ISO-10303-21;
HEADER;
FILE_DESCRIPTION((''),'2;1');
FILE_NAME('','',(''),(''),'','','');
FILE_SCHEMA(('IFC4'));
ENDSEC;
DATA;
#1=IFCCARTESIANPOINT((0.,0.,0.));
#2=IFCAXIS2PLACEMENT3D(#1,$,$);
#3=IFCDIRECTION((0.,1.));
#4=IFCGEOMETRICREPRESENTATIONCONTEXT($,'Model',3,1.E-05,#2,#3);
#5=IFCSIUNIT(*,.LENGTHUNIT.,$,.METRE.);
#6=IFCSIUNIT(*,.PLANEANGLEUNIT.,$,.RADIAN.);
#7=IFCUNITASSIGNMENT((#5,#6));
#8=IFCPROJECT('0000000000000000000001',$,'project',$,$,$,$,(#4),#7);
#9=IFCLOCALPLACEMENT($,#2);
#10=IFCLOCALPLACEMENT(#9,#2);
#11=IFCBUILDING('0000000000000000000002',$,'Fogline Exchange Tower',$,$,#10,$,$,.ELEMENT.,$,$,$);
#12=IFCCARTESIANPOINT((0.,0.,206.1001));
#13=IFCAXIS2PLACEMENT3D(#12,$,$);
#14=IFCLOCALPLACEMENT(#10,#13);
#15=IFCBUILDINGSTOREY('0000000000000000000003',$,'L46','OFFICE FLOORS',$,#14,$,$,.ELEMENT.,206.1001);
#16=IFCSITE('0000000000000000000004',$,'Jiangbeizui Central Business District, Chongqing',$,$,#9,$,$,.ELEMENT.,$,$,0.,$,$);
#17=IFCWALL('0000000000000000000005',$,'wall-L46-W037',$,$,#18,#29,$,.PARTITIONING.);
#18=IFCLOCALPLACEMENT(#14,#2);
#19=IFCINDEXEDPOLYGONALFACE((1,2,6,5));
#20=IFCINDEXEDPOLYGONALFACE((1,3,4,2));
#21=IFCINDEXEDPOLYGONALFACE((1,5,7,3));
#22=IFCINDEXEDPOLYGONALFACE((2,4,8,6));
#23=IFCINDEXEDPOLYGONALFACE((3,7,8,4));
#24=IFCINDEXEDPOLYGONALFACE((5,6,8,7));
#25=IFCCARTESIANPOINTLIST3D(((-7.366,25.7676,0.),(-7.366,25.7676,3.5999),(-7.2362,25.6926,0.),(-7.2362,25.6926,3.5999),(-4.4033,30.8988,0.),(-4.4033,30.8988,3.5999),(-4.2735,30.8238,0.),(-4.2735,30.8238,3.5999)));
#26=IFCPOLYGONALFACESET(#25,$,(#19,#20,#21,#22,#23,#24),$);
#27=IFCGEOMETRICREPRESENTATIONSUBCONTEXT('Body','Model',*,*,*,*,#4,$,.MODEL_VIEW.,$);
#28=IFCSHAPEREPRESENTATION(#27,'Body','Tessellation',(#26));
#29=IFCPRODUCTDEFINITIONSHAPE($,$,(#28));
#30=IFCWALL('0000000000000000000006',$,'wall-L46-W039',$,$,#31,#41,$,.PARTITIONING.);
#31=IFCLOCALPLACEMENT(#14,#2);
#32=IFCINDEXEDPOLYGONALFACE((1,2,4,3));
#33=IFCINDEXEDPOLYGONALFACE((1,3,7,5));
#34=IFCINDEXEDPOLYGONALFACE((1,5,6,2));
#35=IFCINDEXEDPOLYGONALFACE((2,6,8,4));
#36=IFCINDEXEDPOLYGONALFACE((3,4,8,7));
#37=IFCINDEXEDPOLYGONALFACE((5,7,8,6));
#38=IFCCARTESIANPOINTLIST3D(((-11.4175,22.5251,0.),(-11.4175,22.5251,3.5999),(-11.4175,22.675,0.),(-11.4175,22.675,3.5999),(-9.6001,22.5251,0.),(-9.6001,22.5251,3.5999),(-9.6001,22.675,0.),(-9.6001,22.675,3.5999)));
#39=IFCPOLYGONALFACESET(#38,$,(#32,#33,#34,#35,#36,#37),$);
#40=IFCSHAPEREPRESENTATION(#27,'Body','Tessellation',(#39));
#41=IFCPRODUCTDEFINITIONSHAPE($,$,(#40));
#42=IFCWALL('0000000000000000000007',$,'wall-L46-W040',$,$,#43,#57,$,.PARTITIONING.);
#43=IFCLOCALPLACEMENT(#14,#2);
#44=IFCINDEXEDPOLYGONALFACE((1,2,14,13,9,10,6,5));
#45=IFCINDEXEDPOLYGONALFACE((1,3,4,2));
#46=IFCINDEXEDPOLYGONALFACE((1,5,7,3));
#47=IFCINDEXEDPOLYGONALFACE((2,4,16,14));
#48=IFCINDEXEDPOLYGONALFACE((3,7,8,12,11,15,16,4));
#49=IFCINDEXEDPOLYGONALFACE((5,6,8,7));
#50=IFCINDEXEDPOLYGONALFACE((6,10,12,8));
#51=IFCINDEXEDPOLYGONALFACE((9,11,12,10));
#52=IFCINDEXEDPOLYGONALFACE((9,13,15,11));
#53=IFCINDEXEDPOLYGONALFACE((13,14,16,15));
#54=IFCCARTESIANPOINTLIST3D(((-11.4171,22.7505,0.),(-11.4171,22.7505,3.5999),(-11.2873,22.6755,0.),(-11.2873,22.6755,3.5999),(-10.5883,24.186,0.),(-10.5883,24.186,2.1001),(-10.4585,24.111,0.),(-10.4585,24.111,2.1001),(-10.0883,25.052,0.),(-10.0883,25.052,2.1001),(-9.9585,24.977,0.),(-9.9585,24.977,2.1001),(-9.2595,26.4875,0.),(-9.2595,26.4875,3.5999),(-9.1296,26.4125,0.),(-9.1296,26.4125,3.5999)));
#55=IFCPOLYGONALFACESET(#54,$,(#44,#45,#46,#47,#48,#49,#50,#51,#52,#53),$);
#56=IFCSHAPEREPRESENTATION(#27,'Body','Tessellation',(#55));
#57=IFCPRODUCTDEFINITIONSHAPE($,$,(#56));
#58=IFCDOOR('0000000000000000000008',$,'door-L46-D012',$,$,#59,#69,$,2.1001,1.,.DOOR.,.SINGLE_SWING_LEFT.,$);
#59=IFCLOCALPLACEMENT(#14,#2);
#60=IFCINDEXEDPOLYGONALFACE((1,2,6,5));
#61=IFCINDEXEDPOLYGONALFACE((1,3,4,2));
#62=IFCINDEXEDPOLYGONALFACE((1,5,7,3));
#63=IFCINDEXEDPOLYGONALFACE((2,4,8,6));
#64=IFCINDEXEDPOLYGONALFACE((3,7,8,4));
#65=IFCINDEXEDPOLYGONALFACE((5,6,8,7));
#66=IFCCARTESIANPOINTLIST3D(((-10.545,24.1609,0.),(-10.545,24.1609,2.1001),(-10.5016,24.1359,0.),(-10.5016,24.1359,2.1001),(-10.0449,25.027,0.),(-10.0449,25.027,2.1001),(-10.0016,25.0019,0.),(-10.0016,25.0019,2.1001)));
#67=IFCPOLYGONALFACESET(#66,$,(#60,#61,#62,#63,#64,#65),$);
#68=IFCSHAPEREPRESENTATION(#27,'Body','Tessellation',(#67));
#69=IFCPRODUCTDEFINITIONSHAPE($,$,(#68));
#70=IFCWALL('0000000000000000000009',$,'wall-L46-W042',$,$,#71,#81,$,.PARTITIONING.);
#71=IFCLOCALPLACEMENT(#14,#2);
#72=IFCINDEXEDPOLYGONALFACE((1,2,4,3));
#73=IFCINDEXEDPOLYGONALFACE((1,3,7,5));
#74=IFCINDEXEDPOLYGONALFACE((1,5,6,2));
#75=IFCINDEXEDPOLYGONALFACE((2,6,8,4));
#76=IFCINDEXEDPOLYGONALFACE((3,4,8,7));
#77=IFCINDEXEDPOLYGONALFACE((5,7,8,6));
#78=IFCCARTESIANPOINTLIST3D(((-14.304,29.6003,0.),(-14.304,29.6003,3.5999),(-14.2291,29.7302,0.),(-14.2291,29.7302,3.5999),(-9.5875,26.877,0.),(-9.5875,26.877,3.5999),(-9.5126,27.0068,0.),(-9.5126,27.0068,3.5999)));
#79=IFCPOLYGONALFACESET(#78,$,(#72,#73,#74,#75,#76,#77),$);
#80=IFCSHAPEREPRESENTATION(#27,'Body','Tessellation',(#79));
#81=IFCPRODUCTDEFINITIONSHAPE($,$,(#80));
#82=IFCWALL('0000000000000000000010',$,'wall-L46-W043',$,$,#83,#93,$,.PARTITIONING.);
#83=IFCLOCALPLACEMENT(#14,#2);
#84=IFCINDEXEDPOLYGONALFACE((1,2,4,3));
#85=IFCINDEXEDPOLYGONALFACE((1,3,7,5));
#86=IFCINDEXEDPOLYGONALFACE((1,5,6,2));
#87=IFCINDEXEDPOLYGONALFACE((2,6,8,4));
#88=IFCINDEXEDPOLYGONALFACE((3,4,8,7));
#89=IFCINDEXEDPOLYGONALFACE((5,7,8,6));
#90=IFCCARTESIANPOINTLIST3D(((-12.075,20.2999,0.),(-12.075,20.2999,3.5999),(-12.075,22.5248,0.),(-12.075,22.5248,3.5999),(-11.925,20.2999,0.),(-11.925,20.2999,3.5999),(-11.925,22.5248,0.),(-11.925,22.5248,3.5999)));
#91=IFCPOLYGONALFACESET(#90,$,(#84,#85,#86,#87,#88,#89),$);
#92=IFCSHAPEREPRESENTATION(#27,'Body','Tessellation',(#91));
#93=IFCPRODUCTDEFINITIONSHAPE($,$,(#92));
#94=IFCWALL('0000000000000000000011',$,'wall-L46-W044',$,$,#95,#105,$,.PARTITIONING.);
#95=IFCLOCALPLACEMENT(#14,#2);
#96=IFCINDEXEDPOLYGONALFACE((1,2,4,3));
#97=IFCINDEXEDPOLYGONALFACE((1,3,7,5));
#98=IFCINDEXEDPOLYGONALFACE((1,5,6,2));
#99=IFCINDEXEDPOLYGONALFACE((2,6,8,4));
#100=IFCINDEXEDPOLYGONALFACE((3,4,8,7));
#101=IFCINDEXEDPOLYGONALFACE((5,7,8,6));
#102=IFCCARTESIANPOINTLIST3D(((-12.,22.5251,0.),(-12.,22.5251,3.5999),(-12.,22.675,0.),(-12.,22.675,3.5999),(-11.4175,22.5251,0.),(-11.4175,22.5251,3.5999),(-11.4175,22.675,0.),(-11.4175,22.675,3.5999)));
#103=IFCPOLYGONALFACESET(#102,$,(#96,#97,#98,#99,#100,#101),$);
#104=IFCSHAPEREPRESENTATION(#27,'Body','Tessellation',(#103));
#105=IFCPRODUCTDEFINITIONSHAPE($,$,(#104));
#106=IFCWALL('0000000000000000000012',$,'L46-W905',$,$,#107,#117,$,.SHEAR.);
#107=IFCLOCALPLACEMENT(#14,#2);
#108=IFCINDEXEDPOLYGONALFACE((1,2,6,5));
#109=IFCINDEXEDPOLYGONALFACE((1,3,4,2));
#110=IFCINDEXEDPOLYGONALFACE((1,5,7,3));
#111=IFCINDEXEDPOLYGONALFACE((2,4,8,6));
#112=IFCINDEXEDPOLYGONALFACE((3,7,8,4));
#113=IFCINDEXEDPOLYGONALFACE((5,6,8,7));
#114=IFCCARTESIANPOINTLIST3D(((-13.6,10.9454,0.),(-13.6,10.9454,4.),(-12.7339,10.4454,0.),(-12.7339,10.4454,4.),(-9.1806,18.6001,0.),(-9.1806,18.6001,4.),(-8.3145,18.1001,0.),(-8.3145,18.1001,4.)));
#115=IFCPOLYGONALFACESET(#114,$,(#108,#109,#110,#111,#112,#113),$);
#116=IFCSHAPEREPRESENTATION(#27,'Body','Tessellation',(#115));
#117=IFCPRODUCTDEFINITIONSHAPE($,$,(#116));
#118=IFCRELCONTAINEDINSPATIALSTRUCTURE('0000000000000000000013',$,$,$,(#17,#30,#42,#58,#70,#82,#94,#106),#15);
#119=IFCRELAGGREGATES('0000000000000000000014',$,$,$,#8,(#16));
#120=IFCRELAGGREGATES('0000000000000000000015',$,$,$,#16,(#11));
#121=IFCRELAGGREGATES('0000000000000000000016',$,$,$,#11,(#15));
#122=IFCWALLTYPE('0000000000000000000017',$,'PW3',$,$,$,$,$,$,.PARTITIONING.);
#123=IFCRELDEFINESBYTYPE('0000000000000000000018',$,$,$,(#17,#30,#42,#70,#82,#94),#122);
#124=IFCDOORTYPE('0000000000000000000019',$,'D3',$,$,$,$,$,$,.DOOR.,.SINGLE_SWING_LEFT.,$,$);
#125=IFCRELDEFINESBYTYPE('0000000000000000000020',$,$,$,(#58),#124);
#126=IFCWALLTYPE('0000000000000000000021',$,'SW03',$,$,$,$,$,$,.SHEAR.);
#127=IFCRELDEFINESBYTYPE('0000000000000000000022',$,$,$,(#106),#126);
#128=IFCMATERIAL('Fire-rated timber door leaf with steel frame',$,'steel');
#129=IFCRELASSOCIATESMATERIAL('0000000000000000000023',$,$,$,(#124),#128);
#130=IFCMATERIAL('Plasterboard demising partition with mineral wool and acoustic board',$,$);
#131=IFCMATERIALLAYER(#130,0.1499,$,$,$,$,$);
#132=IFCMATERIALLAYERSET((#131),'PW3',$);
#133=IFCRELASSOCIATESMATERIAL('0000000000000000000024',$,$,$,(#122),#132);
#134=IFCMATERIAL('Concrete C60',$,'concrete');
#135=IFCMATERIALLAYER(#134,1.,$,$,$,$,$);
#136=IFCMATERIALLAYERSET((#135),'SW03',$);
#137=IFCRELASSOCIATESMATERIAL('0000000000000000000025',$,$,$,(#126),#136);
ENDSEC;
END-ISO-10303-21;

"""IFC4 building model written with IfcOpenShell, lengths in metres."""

from ifc_helpers import new_model, si_unit, direction, frame, frame_2d, origin, place, context, subcontext, project, spatial, rectangle, extrude, material, layer, layer_set, type_object, element, fill, save


model = new_model("IFC4")

# Units and contexts
model_context = context("Model", 3, precision=1e-05, world=origin(), true_north=direction((0.0, 1.0)))
body_context = subcontext(model_context, "Body", "Model", "MODEL_VIEW")
ifc_project = project(units=[si_unit("LENGTHUNIT", "METRE"), si_unit("PLANEANGLEUNIT", "RADIAN")], contexts=[model_context])

# Site, building, storey
site_placement = place(None, origin())
site = spatial("IfcSite", under=ifc_project, at=site_placement, Name="Jiangbeizui Central Business District, Chongqing", CompositionType="ELEMENT", RefElevation=0.0)
building_placement = place(site_placement, origin())
building = spatial("IfcBuilding", under=site, at=building_placement, Name="Fogline Exchange Tower", CompositionType="ELEMENT")
storey_placement = place(building_placement, frame((0.0, 0.0, 206.1001)))
storey = spatial("IfcBuildingStorey", under=building, at=storey_placement, Name="L46", Description="OFFICE FLOORS", CompositionType="ELEMENT", Elevation=206.1001)

# Shared definitions
ifc_material_1 = material(Name="Concrete C60", Category="concrete")

# Shared definitions
ifc_material_2 = material(Name="Fire-rated timber door leaf with steel frame", Category="steel")
door_type_1 = type_object("IfcDoorType", Name="D3", OperationType="SINGLE_SWING_LEFT", PredefinedType="DOOR", material=ifc_material_2)

# Walls
ifc_material_3 = material(Name="Plasterboard demising partition with mineral wool and acoustic board")
ifc_layer_1 = layer(ifc_material_3, 0.1499)
ifc_layer_set_1 = layer_set([ifc_layer_1], Name="PW3")
wall_type_1 = type_object("IfcWallType", Name="PW3", PredefinedType="PARTITIONING", material=ifc_layer_set_1)
wall_1_placement = place(storey_placement, frame((-7.301, 25.7302, 0.0), z_axis=(0.0, 0.0, 1.0), x_axis=(0.500026, 0.866011, 0.0)))
element("IfcWall", 1, at=wall_1_placement, inside=storey, type_object=wall_type_1, Name="wall-L46-W037", PredefinedType="PARTITIONING", context=body_context, shape_type="SweptSolid", body=[
    extrude(rectangle(XDim=5.925, YDim=0.1499, at=frame_2d((2.9624, 0.0))), origin(), (0.0, 0.0, 1.0), 3.5999),
])
wall_2_placement = place(storey_placement, frame((-9.6001, 22.6001, 0.0), z_axis=(0.0, 0.0, 1.0), x_axis=(-1.0, 0.0, 0.0)))
element("IfcWall", 2, at=wall_2_placement, inside=storey, type_object=wall_type_1, Name="wall-L46-W039", PredefinedType="PARTITIONING", context=body_context, shape_type="SweptSolid", body=[
    extrude(rectangle(XDim=1.8174, YDim=0.1499, at=frame_2d((0.9087, 0.0))), origin(), (0.0, 0.0, 1.0), 3.5999),
])

# Wall, opening, door
wall_3_placement = place(storey_placement, frame((-11.3523, 22.7129, 0.0), z_axis=(0.0, 0.0, 1.0), x_axis=(0.500021, 0.866013, 0.0)))
wall_3 = element("IfcWall", 3, at=wall_3_placement, inside=storey, type_object=wall_type_1, Name="wall-L46-W040", PredefinedType="PARTITIONING", context=body_context, shape_type="SweptSolid", body=[
    extrude(rectangle(XDim=4.3152, YDim=0.1499, at=frame_2d((2.1577, 0.0))), origin(), (0.0, 0.0, 1.0), 3.5999),
])
opening_1_placement = place(wall_3_placement, frame((1.6577, 0.0, 0.0)))
opening_1 = element("IfcOpeningElement", 4, at=opening_1_placement, cuts=wall_3, PredefinedType="OPENING", context=body_context, shape_type="SweptSolid", body=[
    extrude(rectangle(XDim=1.0, YDim=2.1001, at=frame_2d((0.5, 1.05))), frame((0.0, 0.085, 0.0), z_axis=(0.0, -1.0, 0.0), x_axis=(1.0, 0.0, 0.0)), (0.0, 0.0, 1.0), 0.1699),
])
door_1_placement = place(opening_1_placement, origin())
door_1 = element("IfcDoor", 5, at=door_1_placement, inside=storey, type_object=door_type_1, Name="door-L46-D012", OperationType="SINGLE_SWING_LEFT", OverallHeight=2.1001, OverallWidth=1.0, PredefinedType="DOOR", context=body_context, shape_type="SweptSolid", body=[
    extrude(rectangle(XDim=1.0, YDim=2.1001, at=frame_2d((0.5, 1.05))), frame((0.0, 0.0249, 0.0), z_axis=(0.0, -1.0, 0.0), x_axis=(1.0, 0.0, 0.0)), (0.0, 0.0, 1.0), 0.05),
])
fill(opening_1, door_1)

# Walls
wall_4_placement = place(storey_placement, frame((-9.55, 26.9419, 0.0), z_axis=(0.0, 0.0, 1.0), x_axis=(-0.866003, 0.500039, 0.0)))
element("IfcWall", 6, at=wall_4_placement, inside=storey, type_object=wall_type_1, Name="wall-L46-W042", PredefinedType="PARTITIONING", context=body_context, shape_type="SweptSolid", body=[
    extrude(rectangle(XDim=5.4463, YDim=0.1499, at=frame_2d((2.7231, 0.0))), origin(), (0.0, 0.0, 1.0), 3.5999),
])
wall_5_placement = place(storey_placement, frame((-12.0, 20.3, 0.0), z_axis=(0.0, 0.0, 1.0), x_axis=(0.0, 1.0, 0.0)))
element("IfcWall", 7, at=wall_5_placement, inside=storey, type_object=wall_type_1, Name="wall-L46-W043", PredefinedType="PARTITIONING", context=body_context, shape_type="SweptSolid", body=[
    extrude(rectangle(XDim=2.2249, YDim=0.1499, at=frame_2d((1.1123, 0.0))), origin(), (0.0, 0.0, 1.0), 3.5999),
])
wall_6_placement = place(storey_placement, frame((-12.0, 22.6001, 0.0), z_axis=(0.0, 0.0, 1.0), x_axis=(1.0, 0.0, 0.0)))
element("IfcWall", 8, at=wall_6_placement, inside=storey, type_object=wall_type_1, Name="wall-L46-W044", PredefinedType="PARTITIONING", context=body_context, shape_type="SweptSolid", body=[
    extrude(rectangle(XDim=0.5825, YDim=0.1499, at=frame_2d((0.2913, 0.0))), origin(), (0.0, 0.0, 1.0), 3.5999),
])
ifc_layer_2 = layer(ifc_material_1, 1.0)
ifc_layer_set_2 = layer_set([ifc_layer_2], Name="SW03")
wall_type_2 = type_object("IfcWallType", Name="SW03", PredefinedType="SHEAR", material=ifc_layer_set_2)
wall_7_placement = place(storey_placement, frame((-8.7476, 18.3501, 0.0), z_axis=(0.0, 0.0, 1.0), x_axis=(-0.499995, -0.866028, 0.0)))
element("IfcWall", 9, at=wall_7_placement, inside=storey, type_object=wall_type_2, Name="L46-W905", PredefinedType="SHEAR", context=body_context, shape_type="SweptSolid", body=[
    extrude(rectangle(XDim=8.8389, YDim=1.0, at=frame_2d((4.4194, 0.0))), origin(), (0.0, 0.0, 1.0), 4.0),
])

save(model, "model.ifc")
